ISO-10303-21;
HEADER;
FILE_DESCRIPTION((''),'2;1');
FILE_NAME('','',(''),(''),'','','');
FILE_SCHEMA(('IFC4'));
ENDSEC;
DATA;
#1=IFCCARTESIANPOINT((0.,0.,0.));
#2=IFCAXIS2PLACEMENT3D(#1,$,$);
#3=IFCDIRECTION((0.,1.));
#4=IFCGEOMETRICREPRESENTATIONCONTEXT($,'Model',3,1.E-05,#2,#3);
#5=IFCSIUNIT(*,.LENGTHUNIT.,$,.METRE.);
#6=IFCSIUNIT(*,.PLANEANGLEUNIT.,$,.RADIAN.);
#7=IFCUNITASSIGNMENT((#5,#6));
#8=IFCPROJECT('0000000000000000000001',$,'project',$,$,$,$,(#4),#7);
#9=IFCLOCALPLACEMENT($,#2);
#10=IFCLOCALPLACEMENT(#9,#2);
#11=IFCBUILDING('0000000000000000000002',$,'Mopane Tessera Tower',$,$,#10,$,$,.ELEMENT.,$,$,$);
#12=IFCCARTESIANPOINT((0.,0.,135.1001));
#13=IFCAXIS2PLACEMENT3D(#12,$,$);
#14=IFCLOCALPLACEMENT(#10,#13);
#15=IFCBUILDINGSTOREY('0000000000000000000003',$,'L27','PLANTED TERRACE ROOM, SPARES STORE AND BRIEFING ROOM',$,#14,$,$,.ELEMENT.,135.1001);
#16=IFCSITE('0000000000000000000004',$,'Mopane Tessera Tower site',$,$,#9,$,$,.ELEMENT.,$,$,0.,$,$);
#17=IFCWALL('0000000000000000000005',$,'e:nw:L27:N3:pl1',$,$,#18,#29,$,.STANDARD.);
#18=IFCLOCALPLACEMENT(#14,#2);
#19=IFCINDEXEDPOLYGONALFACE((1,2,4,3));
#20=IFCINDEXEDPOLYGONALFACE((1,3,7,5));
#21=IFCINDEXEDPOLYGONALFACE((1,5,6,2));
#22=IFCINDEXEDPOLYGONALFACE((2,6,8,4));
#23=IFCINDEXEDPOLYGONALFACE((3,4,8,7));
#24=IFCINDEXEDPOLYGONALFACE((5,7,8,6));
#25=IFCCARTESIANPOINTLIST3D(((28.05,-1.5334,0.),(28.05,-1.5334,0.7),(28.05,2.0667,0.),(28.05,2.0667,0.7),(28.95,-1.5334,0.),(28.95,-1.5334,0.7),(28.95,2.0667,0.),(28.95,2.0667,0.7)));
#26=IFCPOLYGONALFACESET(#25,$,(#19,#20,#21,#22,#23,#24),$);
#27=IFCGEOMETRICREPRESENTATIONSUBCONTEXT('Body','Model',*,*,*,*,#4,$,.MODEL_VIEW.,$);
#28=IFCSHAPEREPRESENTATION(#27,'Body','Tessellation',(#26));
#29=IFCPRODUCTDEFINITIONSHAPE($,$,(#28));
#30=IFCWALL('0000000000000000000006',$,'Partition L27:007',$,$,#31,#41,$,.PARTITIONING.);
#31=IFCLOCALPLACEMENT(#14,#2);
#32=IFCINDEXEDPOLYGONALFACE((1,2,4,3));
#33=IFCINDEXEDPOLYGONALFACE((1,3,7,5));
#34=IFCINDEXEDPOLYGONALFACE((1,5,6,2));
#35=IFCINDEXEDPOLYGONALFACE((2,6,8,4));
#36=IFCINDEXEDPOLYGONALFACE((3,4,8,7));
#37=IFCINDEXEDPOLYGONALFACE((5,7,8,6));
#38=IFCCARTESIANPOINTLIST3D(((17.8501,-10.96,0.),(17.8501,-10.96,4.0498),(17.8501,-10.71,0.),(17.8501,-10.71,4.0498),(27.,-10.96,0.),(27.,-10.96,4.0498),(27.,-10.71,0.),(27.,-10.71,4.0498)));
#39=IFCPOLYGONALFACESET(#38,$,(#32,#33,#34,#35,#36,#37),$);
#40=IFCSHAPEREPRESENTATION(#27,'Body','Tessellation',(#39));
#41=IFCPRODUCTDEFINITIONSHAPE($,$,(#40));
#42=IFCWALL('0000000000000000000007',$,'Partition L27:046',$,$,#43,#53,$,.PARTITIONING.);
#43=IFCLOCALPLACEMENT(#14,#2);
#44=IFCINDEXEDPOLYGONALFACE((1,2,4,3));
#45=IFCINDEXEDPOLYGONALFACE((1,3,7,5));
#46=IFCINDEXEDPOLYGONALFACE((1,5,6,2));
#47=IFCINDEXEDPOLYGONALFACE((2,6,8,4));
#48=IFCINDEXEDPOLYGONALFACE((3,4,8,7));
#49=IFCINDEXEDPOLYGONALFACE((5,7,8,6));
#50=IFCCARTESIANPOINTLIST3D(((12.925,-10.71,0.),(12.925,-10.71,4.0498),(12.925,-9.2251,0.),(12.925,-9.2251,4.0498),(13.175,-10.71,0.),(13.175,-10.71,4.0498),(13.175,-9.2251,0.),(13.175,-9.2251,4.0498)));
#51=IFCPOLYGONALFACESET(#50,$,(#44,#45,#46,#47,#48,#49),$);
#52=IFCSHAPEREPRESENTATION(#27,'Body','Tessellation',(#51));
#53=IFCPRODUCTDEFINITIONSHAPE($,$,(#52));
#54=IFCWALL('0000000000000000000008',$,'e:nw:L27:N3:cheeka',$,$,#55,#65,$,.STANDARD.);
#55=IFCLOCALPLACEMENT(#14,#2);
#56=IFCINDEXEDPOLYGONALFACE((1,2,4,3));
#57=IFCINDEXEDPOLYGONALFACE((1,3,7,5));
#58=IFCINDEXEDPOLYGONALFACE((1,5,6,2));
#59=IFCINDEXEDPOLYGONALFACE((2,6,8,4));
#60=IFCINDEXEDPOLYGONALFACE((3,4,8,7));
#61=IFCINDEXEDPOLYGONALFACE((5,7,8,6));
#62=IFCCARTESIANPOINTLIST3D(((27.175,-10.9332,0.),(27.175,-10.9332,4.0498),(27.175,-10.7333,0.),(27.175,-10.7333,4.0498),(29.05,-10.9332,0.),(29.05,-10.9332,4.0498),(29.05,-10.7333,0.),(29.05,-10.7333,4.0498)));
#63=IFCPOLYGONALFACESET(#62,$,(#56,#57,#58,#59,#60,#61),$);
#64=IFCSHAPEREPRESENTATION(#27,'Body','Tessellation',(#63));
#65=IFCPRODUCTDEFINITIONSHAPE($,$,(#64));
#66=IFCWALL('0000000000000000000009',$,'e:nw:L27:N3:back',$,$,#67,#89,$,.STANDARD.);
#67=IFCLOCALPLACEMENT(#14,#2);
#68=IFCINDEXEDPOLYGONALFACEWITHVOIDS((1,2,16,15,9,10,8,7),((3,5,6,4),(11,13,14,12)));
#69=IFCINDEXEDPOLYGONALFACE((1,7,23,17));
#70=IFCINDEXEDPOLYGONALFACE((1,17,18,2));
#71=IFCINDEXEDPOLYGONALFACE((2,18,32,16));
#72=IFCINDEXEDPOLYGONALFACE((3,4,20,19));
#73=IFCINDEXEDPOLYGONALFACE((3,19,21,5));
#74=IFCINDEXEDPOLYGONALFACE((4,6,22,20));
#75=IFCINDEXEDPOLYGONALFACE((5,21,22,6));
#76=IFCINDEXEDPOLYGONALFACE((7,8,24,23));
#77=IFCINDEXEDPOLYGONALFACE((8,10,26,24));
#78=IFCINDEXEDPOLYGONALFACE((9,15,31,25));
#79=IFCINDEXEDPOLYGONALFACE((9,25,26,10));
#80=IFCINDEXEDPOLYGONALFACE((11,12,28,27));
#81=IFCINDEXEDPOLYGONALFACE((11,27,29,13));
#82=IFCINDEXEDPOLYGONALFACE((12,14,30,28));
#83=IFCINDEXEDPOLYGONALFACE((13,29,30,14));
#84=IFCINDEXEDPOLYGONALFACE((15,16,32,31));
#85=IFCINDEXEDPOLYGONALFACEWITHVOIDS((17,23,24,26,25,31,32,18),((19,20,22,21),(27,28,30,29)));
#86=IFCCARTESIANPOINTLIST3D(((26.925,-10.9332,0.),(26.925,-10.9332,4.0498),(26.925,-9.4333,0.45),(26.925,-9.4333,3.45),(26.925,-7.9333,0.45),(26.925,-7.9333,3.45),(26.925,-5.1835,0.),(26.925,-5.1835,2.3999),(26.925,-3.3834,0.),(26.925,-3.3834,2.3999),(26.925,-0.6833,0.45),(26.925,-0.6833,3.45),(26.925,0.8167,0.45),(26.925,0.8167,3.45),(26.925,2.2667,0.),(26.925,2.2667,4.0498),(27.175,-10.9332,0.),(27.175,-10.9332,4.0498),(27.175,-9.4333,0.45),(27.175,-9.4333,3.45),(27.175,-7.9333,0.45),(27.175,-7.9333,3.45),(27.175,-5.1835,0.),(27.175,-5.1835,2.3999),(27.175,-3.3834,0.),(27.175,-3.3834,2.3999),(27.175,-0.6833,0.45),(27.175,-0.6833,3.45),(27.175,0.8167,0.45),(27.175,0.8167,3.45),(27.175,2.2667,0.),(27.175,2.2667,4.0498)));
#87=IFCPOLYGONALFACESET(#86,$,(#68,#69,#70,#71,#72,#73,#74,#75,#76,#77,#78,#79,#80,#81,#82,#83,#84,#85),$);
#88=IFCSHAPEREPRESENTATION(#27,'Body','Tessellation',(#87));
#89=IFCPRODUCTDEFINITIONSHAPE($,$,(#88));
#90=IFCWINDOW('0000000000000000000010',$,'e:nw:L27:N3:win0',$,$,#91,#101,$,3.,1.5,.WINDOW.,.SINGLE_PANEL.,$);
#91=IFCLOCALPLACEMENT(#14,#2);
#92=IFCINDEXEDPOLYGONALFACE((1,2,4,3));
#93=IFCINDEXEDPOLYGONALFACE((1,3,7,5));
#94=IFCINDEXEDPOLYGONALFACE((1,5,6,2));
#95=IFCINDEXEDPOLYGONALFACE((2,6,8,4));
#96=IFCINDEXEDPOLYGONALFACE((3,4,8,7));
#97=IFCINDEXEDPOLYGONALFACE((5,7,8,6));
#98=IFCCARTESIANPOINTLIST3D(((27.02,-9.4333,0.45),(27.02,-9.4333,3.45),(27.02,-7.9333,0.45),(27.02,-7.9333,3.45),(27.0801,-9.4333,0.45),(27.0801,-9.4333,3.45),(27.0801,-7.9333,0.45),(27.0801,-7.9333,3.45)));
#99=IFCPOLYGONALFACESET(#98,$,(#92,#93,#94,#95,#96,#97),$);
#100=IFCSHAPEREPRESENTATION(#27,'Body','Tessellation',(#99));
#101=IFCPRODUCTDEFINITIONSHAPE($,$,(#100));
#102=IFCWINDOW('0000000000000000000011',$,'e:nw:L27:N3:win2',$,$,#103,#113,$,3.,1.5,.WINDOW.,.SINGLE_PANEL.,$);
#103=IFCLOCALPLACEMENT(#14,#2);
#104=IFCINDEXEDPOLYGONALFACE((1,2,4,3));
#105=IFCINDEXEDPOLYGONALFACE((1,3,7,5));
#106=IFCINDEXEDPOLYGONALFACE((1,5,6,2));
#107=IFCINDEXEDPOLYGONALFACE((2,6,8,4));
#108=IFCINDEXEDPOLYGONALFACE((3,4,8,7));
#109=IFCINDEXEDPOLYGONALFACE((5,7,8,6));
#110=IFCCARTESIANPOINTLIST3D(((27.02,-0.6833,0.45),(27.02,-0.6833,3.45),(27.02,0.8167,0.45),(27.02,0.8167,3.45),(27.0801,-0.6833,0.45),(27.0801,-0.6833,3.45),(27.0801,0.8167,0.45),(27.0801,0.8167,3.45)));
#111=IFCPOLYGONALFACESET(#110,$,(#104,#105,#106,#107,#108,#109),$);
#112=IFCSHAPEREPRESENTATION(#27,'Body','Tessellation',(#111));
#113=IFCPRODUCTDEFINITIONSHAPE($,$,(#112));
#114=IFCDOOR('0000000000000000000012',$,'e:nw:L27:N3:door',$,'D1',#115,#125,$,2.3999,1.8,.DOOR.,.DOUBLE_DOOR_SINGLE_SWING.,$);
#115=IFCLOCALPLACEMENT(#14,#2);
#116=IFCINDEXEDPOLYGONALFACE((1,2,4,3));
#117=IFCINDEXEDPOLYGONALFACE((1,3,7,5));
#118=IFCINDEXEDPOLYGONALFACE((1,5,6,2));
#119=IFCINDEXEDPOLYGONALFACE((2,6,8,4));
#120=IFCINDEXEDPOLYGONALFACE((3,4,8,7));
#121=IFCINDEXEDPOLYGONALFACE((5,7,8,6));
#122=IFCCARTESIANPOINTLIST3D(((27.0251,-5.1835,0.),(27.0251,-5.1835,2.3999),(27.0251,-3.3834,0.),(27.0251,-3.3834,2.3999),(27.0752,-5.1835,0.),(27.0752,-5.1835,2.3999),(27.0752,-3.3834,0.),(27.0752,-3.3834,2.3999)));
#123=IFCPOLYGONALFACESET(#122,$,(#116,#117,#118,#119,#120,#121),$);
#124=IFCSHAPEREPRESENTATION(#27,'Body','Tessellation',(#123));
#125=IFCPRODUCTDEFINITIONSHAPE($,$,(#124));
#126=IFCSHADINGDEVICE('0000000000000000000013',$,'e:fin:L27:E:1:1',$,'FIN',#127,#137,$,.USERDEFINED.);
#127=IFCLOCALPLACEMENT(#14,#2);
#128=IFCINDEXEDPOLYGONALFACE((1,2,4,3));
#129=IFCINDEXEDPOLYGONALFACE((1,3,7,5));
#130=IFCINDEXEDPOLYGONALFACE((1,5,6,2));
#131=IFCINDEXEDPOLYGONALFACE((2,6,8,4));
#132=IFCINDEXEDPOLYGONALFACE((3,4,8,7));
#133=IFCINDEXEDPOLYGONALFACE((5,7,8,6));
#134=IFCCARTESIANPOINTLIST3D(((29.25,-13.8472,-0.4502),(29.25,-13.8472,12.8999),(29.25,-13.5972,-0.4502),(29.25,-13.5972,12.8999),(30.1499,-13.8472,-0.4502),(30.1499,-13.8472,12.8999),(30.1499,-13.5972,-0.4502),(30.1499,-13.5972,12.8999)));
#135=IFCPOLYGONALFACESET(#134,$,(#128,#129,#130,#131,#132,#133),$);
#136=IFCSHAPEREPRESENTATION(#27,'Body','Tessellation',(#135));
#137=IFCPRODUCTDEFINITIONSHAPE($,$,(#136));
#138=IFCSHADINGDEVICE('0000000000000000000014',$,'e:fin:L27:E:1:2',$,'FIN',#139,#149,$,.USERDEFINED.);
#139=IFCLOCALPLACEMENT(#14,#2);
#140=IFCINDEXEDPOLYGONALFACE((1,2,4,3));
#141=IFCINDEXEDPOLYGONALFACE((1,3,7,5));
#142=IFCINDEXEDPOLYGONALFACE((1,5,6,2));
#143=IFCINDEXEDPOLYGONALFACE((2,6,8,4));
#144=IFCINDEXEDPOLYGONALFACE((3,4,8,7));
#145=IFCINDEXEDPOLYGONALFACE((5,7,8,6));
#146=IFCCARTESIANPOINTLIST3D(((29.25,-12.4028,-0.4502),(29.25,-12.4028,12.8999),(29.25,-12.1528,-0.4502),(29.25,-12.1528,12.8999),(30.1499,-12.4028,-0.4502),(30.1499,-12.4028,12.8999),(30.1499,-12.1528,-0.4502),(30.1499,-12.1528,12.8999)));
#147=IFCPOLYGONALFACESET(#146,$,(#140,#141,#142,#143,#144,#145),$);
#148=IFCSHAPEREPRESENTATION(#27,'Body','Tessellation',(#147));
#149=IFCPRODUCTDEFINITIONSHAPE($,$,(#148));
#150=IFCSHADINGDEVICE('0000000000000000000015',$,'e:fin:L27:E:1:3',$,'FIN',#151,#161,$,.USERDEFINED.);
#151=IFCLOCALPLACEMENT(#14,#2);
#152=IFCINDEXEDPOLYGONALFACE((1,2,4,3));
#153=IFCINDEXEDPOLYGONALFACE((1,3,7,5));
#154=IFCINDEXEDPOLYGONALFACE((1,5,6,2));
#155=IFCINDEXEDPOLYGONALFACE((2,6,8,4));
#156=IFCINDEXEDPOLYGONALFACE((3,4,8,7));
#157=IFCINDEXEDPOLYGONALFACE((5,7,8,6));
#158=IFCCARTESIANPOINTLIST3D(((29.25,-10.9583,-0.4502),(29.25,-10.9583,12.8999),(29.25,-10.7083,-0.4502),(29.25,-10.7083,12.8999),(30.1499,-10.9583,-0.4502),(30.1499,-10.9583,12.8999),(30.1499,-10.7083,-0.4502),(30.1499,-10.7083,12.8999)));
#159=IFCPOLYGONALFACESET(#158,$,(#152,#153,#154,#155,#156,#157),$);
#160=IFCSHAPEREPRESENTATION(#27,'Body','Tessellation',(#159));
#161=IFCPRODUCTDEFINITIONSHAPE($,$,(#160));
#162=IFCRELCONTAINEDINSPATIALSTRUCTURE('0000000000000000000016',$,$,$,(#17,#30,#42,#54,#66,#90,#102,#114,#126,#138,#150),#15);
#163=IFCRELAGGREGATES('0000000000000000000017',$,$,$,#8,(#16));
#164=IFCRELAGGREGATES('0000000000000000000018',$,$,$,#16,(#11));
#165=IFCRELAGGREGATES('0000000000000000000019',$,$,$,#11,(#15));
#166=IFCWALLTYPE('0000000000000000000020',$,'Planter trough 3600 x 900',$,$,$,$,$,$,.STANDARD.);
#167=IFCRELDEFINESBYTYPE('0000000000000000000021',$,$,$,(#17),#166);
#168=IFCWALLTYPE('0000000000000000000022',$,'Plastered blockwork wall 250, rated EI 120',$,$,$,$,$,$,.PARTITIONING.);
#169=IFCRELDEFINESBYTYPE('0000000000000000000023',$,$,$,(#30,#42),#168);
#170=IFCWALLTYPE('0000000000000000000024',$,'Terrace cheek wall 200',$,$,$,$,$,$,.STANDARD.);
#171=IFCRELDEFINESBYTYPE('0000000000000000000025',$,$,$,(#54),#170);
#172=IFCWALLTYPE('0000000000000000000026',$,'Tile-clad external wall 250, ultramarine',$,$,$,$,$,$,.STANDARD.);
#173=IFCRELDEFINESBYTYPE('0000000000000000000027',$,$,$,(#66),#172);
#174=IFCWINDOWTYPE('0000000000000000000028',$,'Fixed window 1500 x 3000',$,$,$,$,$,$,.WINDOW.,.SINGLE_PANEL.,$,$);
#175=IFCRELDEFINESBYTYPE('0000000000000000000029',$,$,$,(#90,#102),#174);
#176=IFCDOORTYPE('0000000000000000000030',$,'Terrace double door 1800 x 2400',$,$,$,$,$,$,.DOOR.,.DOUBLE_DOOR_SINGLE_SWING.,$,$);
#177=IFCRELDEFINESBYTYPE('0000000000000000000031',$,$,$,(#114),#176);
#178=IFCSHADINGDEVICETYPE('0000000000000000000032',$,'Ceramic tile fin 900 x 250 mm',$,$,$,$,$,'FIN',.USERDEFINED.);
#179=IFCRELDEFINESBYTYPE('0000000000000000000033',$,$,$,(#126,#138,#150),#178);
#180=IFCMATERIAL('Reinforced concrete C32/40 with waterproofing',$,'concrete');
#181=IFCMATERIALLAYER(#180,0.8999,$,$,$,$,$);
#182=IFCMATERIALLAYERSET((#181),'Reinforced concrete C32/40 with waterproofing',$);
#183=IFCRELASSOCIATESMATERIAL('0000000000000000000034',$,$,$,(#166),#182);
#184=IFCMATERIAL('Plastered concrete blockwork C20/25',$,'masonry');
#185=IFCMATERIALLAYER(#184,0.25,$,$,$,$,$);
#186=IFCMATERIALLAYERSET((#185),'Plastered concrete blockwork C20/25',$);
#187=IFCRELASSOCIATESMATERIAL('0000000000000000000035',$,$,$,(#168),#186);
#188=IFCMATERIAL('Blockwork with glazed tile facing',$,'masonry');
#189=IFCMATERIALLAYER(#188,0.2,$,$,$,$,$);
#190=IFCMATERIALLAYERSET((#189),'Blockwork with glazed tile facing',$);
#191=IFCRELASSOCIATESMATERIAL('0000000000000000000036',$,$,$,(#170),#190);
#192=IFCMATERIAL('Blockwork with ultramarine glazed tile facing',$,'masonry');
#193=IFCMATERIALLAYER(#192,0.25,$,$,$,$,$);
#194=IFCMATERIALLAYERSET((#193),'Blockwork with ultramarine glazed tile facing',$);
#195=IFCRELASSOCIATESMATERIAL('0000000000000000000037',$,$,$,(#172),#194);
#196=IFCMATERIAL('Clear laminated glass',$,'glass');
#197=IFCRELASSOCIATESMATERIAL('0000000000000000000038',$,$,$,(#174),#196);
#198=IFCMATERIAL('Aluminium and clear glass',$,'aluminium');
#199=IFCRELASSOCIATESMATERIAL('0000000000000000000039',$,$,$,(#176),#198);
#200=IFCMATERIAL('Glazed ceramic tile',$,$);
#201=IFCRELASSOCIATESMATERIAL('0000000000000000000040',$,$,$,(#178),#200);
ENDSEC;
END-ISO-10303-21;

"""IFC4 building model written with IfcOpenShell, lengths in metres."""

from ifc_helpers import new_model, si_unit, direction, frame, frame_2d, origin, origin_2d, place, context, subcontext, project, spatial, rectangle, extrude, material, layer, layer_set, type_object, element, fill, save


model = new_model("IFC4")

# Units and contexts
model_context = context("Model", 3, precision=1e-05, world=origin(), true_north=direction((0.0, 1.0)))
body_context = subcontext(model_context, "Body", "Model", "MODEL_VIEW")
ifc_project = project(units=[si_unit("LENGTHUNIT", "METRE"), si_unit("PLANEANGLEUNIT", "RADIAN")], contexts=[model_context])

# Site, building, storey
site_placement = place(None, origin())
site = spatial("IfcSite", under=ifc_project, at=site_placement, Name="Mopane Tessera Tower site", CompositionType="ELEMENT", RefElevation=0.0)
building_placement = place(site_placement, origin())
building = spatial("IfcBuilding", under=site, at=building_placement, Name="Mopane Tessera Tower", CompositionType="ELEMENT")
storey_placement = place(building_placement, frame((0.0, 0.0, 135.1001)))
storey = spatial("IfcBuildingStorey", under=building, at=storey_placement, Name="L27", Description="PLANTED TERRACE ROOM, SPARES STORE AND BRIEFING ROOM", CompositionType="ELEMENT", Elevation=135.1001)

# Walls
ifc_material_1 = material(Name="Reinforced concrete C32/40 with waterproofing", Category="concrete")
ifc_layer_1 = layer(ifc_material_1, 0.8999)
ifc_layer_set_1 = layer_set([ifc_layer_1], Name="Reinforced concrete C32/40 with waterproofing")
wall_type_1 = type_object("IfcWallType", Name="Planter trough 3600 x 900", PredefinedType="STANDARD", material=ifc_layer_set_1)
for number, where, z_axis, x_axis, name in (
    (1, (28.5, -1.5334, 0.0), (0.0, 0.0, 1.0), (0.0, 1.0, 0.0), "e:nw:L27:N3:pl1"),
):
    element("IfcWall", number, at=place(storey_placement, frame(where, z_axis=z_axis, x_axis=x_axis)), inside=storey, type_object=wall_type_1, Name=name, PredefinedType="STANDARD", context=body_context, shape_type="SweptSolid", body=[
        extrude(rectangle(XDim=3.6001, YDim=0.8999, at=frame_2d((1.8, 0.0))), origin(), (0.0, 0.0, 1.0), 0.7),
    ])
ifc_material_2 = material(Name="Plastered concrete blockwork C20/25", Category="masonry")
ifc_layer_2 = layer(ifc_material_2, 0.25)
ifc_layer_set_2 = layer_set([ifc_layer_2], Name="Plastered concrete blockwork C20/25")
wall_type_2 = type_object("IfcWallType", Name="Plastered blockwork wall 250, rated EI 120", PredefinedType="PARTITIONING", material=ifc_layer_set_2)
wall_1_placement = place(storey_placement, frame((17.8501, -10.835, 0.0), z_axis=(0.0, 0.0, 1.0), x_axis=(1.0, 0.0, 0.0)))
element("IfcWall", 2, at=wall_1_placement, inside=storey, type_object=wall_type_2, Name="Partition L27:007", PredefinedType="PARTITIONING", context=body_context, shape_type="SweptSolid", body=[
    extrude(rectangle(XDim=9.1499, YDim=0.25, at=frame_2d((4.575, 0.0))), origin(), (0.0, 0.0, 1.0), 4.0498),
])
wall_2_placement = place(storey_placement, frame((13.05, -10.71, 0.0), z_axis=(0.0, 0.0, 1.0), x_axis=(0.0, 1.0, 0.0)))
element("IfcWall", 3, at=wall_2_placement, inside=storey, type_object=wall_type_2, Name="Partition L27:046", PredefinedType="PARTITIONING", context=body_context, shape_type="SweptSolid", body=[
    extrude(rectangle(XDim=1.4849, YDim=0.25, at=frame_2d((0.7424, 0.0))), origin(), (0.0, 0.0, 1.0), 4.0498),
])
ifc_material_3 = material(Name="Blockwork with glazed tile facing", Category="masonry")
ifc_layer_3 = layer(ifc_material_3, 0.2)
ifc_layer_set_3 = layer_set([ifc_layer_3], Name="Blockwork with glazed tile facing")
wall_type_3 = type_object("IfcWallType", Name="Terrace cheek wall 200", PredefinedType="STANDARD", material=ifc_layer_set_3)
wall_3_placement = place(storey_placement, frame((29.05, -10.8333, 0.0), z_axis=(0.0, 0.0, 1.0), x_axis=(-1.0, 0.0, 0.0)))
element("IfcWall", 4, at=wall_3_placement, inside=storey, type_object=wall_type_3, Name="e:nw:L27:N3:cheeka", PredefinedType="STANDARD", context=body_context, shape_type="SweptSolid", body=[
    extrude(rectangle(XDim=1.875, YDim=0.2, at=frame_2d((0.9375, 0.0))), origin(), (0.0, 0.0, 1.0), 4.0498),
])

# Wall, openings, windows, door
ifc_material_4 = material(Name="Blockwork with ultramarine glazed tile facing", Category="masonry")
ifc_layer_4 = layer(ifc_material_4, 0.25)
ifc_layer_set_4 = layer_set([ifc_layer_4], Name="Blockwork with ultramarine glazed tile facing")
wall_type_4 = type_object("IfcWallType", Name="Tile-clad external wall 250, ultramarine", PredefinedType="STANDARD", material=ifc_layer_set_4)
wall_4_placement = place(storey_placement, frame((27.05, -10.9333, 0.0), z_axis=(0.0, 0.0, 1.0), x_axis=(0.0, 1.0, 0.0)))
wall_4 = element("IfcWall", 5, at=wall_4_placement, inside=storey, type_object=wall_type_4, Name="e:nw:L27:N3:back", PredefinedType="STANDARD", context=body_context, shape_type="SweptSolid", body=[
    extrude(rectangle(XDim=13.2, YDim=0.25, at=frame_2d((6.6001, 0.0))), origin(), (0.0, 0.0, 1.0), 4.0498),
])
opening_1_placement = place(wall_4_placement, frame((1.5, 0.0, 0.45)))
opening_1 = element("IfcOpeningElement", 6, at=opening_1_placement, cuts=wall_4, PredefinedType="OPENING", context=body_context, shape_type="SweptSolid", body=[
    extrude(rectangle(XDim=1.5, YDim=3.0, at=frame_2d((0.75, 1.5))), frame((0.0, 0.137, 0.0), z_axis=(0.0, -1.0, 0.0), x_axis=(1.0, 0.0, 0.0)), (0.0, 0.0, 1.0), 0.2739),
])
opening_2_placement = place(wall_4_placement, frame((5.75, 0.0, 0.0)))
opening_2 = element("IfcOpeningElement", 7, at=opening_2_placement, cuts=wall_4, PredefinedType="OPENING", context=body_context, shape_type="SweptSolid", body=[
    extrude(rectangle(XDim=1.8, YDim=2.3999, at=frame_2d((0.8999, 1.2))), frame((0.0, 0.137, 0.0), z_axis=(0.0, -1.0, 0.0), x_axis=(1.0, 0.0, 0.0)), (0.0, 0.0, 1.0), 0.2739),
])
opening_3_placement = place(wall_4_placement, frame((10.25, 0.0, 0.45)))
opening_3 = element("IfcOpeningElement", 8, at=opening_3_placement, cuts=wall_4, PredefinedType="OPENING", context=body_context, shape_type="SweptSolid", body=[
    extrude(rectangle(XDim=1.5, YDim=3.0, at=frame_2d((0.75, 1.5))), frame((0.0, 0.137, 0.0), z_axis=(0.0, -1.0, 0.0), x_axis=(1.0, 0.0, 0.0)), (0.0, 0.0, 1.0), 0.2739),
])
ifc_material_5 = material(Name="Clear laminated glass", Category="glass")
window_type = type_object("IfcWindowType", Name="Fixed window 1500 x 3000", PartitioningType="SINGLE_PANEL", PredefinedType="WINDOW", material=ifc_material_5)
window_1_placement = place(opening_1_placement, origin())
window_1 = element("IfcWindow", 9, at=window_1_placement, inside=storey, type_object=window_type, Name="e:nw:L27:N3:win0", OverallHeight=3.0, OverallWidth=1.5, PartitioningType="SINGLE_PANEL", PredefinedType="WINDOW", context=body_context, shape_type="SweptSolid", body=[
    extrude(rectangle(XDim=1.5, YDim=3.0, at=frame_2d((0.75, 1.5))), frame((0.0, 0.03, 0.0), z_axis=(0.0, -1.0, 0.0), x_axis=(1.0, 0.0, 0.0)), (0.0, 0.0, 1.0), 0.0601),
])
fill(opening_1, window_1)
window_2_placement = place(opening_3_placement, origin())
window_2 = element("IfcWindow", 10, at=window_2_placement, inside=storey, type_object=window_type, Name="e:nw:L27:N3:win2", OverallHeight=3.0, OverallWidth=1.5, PartitioningType="SINGLE_PANEL", PredefinedType="WINDOW", context=body_context, shape_type="SweptSolid", body=[
    extrude(rectangle(XDim=1.5, YDim=3.0, at=frame_2d((0.75, 1.5))), frame((0.0, 0.03, 0.0), z_axis=(0.0, -1.0, 0.0), x_axis=(1.0, 0.0, 0.0)), (0.0, 0.0, 1.0), 0.0601),
])
fill(opening_3, window_2)
ifc_material_6 = material(Name="Aluminium and clear glass", Category="aluminium")
door_type_1 = type_object("IfcDoorType", Name="Terrace double door 1800 x 2400", OperationType="DOUBLE_DOOR_SINGLE_SWING", PredefinedType="DOOR", material=ifc_material_6)
door_1_placement = place(opening_2_placement, origin())
door_1 = element("IfcDoor", 11, at=door_1_placement, inside=storey, type_object=door_type_1, Name="e:nw:L27:N3:door", ObjectType="D1", OperationType="DOUBLE_DOOR_SINGLE_SWING", OverallHeight=2.3999, OverallWidth=1.8, PredefinedType="DOOR", context=body_context, shape_type="SweptSolid", body=[
    extrude(rectangle(XDim=1.8, YDim=2.3999, at=frame_2d((0.8999, 1.2))), frame((0.0, 0.0249, 0.0), z_axis=(0.0, -1.0, 0.0), x_axis=(1.0, 0.0, 0.0)), (0.0, 0.0, 1.0), 0.05),
])
fill(opening_2, door_1)

# Shading devices
ifc_material_7 = material(Name="Glazed ceramic tile")
shading_device_type = type_object("IfcShadingDeviceType", Name="Ceramic tile fin 900 x 250 mm", ElementType="FIN", PredefinedType="USERDEFINED", material=ifc_material_7)
for number, where, z_axis, x_axis, name in (
    (12, (29.7, -13.7222, -0.4502), (0.0, 0.0, 1.0), (0.0, 1.0, 0.0), "e:fin:L27:E:1:1"),
    (13, (29.7, -12.2778, -0.4502), (0.0, 0.0, 1.0), (0.0, 1.0, 0.0), "e:fin:L27:E:1:2"),
    (14, (29.7, -10.8333, -0.4502), (0.0, 0.0, 1.0), (0.0, 1.0, 0.0), "e:fin:L27:E:1:3"),
):
    element("IfcShadingDevice", number, at=place(storey_placement, frame(where, z_axis=z_axis, x_axis=x_axis)), inside=storey, type_object=shading_device_type, Name=name, ObjectType="FIN", PredefinedType="USERDEFINED", context=body_context, shape_type="SweptSolid", body=[
        extrude(rectangle(XDim=0.25, YDim=0.8999, at=origin_2d()), origin(), (0.0, 0.0, 1.0), 13.3501),
    ])

save(model, "model.ifc")
